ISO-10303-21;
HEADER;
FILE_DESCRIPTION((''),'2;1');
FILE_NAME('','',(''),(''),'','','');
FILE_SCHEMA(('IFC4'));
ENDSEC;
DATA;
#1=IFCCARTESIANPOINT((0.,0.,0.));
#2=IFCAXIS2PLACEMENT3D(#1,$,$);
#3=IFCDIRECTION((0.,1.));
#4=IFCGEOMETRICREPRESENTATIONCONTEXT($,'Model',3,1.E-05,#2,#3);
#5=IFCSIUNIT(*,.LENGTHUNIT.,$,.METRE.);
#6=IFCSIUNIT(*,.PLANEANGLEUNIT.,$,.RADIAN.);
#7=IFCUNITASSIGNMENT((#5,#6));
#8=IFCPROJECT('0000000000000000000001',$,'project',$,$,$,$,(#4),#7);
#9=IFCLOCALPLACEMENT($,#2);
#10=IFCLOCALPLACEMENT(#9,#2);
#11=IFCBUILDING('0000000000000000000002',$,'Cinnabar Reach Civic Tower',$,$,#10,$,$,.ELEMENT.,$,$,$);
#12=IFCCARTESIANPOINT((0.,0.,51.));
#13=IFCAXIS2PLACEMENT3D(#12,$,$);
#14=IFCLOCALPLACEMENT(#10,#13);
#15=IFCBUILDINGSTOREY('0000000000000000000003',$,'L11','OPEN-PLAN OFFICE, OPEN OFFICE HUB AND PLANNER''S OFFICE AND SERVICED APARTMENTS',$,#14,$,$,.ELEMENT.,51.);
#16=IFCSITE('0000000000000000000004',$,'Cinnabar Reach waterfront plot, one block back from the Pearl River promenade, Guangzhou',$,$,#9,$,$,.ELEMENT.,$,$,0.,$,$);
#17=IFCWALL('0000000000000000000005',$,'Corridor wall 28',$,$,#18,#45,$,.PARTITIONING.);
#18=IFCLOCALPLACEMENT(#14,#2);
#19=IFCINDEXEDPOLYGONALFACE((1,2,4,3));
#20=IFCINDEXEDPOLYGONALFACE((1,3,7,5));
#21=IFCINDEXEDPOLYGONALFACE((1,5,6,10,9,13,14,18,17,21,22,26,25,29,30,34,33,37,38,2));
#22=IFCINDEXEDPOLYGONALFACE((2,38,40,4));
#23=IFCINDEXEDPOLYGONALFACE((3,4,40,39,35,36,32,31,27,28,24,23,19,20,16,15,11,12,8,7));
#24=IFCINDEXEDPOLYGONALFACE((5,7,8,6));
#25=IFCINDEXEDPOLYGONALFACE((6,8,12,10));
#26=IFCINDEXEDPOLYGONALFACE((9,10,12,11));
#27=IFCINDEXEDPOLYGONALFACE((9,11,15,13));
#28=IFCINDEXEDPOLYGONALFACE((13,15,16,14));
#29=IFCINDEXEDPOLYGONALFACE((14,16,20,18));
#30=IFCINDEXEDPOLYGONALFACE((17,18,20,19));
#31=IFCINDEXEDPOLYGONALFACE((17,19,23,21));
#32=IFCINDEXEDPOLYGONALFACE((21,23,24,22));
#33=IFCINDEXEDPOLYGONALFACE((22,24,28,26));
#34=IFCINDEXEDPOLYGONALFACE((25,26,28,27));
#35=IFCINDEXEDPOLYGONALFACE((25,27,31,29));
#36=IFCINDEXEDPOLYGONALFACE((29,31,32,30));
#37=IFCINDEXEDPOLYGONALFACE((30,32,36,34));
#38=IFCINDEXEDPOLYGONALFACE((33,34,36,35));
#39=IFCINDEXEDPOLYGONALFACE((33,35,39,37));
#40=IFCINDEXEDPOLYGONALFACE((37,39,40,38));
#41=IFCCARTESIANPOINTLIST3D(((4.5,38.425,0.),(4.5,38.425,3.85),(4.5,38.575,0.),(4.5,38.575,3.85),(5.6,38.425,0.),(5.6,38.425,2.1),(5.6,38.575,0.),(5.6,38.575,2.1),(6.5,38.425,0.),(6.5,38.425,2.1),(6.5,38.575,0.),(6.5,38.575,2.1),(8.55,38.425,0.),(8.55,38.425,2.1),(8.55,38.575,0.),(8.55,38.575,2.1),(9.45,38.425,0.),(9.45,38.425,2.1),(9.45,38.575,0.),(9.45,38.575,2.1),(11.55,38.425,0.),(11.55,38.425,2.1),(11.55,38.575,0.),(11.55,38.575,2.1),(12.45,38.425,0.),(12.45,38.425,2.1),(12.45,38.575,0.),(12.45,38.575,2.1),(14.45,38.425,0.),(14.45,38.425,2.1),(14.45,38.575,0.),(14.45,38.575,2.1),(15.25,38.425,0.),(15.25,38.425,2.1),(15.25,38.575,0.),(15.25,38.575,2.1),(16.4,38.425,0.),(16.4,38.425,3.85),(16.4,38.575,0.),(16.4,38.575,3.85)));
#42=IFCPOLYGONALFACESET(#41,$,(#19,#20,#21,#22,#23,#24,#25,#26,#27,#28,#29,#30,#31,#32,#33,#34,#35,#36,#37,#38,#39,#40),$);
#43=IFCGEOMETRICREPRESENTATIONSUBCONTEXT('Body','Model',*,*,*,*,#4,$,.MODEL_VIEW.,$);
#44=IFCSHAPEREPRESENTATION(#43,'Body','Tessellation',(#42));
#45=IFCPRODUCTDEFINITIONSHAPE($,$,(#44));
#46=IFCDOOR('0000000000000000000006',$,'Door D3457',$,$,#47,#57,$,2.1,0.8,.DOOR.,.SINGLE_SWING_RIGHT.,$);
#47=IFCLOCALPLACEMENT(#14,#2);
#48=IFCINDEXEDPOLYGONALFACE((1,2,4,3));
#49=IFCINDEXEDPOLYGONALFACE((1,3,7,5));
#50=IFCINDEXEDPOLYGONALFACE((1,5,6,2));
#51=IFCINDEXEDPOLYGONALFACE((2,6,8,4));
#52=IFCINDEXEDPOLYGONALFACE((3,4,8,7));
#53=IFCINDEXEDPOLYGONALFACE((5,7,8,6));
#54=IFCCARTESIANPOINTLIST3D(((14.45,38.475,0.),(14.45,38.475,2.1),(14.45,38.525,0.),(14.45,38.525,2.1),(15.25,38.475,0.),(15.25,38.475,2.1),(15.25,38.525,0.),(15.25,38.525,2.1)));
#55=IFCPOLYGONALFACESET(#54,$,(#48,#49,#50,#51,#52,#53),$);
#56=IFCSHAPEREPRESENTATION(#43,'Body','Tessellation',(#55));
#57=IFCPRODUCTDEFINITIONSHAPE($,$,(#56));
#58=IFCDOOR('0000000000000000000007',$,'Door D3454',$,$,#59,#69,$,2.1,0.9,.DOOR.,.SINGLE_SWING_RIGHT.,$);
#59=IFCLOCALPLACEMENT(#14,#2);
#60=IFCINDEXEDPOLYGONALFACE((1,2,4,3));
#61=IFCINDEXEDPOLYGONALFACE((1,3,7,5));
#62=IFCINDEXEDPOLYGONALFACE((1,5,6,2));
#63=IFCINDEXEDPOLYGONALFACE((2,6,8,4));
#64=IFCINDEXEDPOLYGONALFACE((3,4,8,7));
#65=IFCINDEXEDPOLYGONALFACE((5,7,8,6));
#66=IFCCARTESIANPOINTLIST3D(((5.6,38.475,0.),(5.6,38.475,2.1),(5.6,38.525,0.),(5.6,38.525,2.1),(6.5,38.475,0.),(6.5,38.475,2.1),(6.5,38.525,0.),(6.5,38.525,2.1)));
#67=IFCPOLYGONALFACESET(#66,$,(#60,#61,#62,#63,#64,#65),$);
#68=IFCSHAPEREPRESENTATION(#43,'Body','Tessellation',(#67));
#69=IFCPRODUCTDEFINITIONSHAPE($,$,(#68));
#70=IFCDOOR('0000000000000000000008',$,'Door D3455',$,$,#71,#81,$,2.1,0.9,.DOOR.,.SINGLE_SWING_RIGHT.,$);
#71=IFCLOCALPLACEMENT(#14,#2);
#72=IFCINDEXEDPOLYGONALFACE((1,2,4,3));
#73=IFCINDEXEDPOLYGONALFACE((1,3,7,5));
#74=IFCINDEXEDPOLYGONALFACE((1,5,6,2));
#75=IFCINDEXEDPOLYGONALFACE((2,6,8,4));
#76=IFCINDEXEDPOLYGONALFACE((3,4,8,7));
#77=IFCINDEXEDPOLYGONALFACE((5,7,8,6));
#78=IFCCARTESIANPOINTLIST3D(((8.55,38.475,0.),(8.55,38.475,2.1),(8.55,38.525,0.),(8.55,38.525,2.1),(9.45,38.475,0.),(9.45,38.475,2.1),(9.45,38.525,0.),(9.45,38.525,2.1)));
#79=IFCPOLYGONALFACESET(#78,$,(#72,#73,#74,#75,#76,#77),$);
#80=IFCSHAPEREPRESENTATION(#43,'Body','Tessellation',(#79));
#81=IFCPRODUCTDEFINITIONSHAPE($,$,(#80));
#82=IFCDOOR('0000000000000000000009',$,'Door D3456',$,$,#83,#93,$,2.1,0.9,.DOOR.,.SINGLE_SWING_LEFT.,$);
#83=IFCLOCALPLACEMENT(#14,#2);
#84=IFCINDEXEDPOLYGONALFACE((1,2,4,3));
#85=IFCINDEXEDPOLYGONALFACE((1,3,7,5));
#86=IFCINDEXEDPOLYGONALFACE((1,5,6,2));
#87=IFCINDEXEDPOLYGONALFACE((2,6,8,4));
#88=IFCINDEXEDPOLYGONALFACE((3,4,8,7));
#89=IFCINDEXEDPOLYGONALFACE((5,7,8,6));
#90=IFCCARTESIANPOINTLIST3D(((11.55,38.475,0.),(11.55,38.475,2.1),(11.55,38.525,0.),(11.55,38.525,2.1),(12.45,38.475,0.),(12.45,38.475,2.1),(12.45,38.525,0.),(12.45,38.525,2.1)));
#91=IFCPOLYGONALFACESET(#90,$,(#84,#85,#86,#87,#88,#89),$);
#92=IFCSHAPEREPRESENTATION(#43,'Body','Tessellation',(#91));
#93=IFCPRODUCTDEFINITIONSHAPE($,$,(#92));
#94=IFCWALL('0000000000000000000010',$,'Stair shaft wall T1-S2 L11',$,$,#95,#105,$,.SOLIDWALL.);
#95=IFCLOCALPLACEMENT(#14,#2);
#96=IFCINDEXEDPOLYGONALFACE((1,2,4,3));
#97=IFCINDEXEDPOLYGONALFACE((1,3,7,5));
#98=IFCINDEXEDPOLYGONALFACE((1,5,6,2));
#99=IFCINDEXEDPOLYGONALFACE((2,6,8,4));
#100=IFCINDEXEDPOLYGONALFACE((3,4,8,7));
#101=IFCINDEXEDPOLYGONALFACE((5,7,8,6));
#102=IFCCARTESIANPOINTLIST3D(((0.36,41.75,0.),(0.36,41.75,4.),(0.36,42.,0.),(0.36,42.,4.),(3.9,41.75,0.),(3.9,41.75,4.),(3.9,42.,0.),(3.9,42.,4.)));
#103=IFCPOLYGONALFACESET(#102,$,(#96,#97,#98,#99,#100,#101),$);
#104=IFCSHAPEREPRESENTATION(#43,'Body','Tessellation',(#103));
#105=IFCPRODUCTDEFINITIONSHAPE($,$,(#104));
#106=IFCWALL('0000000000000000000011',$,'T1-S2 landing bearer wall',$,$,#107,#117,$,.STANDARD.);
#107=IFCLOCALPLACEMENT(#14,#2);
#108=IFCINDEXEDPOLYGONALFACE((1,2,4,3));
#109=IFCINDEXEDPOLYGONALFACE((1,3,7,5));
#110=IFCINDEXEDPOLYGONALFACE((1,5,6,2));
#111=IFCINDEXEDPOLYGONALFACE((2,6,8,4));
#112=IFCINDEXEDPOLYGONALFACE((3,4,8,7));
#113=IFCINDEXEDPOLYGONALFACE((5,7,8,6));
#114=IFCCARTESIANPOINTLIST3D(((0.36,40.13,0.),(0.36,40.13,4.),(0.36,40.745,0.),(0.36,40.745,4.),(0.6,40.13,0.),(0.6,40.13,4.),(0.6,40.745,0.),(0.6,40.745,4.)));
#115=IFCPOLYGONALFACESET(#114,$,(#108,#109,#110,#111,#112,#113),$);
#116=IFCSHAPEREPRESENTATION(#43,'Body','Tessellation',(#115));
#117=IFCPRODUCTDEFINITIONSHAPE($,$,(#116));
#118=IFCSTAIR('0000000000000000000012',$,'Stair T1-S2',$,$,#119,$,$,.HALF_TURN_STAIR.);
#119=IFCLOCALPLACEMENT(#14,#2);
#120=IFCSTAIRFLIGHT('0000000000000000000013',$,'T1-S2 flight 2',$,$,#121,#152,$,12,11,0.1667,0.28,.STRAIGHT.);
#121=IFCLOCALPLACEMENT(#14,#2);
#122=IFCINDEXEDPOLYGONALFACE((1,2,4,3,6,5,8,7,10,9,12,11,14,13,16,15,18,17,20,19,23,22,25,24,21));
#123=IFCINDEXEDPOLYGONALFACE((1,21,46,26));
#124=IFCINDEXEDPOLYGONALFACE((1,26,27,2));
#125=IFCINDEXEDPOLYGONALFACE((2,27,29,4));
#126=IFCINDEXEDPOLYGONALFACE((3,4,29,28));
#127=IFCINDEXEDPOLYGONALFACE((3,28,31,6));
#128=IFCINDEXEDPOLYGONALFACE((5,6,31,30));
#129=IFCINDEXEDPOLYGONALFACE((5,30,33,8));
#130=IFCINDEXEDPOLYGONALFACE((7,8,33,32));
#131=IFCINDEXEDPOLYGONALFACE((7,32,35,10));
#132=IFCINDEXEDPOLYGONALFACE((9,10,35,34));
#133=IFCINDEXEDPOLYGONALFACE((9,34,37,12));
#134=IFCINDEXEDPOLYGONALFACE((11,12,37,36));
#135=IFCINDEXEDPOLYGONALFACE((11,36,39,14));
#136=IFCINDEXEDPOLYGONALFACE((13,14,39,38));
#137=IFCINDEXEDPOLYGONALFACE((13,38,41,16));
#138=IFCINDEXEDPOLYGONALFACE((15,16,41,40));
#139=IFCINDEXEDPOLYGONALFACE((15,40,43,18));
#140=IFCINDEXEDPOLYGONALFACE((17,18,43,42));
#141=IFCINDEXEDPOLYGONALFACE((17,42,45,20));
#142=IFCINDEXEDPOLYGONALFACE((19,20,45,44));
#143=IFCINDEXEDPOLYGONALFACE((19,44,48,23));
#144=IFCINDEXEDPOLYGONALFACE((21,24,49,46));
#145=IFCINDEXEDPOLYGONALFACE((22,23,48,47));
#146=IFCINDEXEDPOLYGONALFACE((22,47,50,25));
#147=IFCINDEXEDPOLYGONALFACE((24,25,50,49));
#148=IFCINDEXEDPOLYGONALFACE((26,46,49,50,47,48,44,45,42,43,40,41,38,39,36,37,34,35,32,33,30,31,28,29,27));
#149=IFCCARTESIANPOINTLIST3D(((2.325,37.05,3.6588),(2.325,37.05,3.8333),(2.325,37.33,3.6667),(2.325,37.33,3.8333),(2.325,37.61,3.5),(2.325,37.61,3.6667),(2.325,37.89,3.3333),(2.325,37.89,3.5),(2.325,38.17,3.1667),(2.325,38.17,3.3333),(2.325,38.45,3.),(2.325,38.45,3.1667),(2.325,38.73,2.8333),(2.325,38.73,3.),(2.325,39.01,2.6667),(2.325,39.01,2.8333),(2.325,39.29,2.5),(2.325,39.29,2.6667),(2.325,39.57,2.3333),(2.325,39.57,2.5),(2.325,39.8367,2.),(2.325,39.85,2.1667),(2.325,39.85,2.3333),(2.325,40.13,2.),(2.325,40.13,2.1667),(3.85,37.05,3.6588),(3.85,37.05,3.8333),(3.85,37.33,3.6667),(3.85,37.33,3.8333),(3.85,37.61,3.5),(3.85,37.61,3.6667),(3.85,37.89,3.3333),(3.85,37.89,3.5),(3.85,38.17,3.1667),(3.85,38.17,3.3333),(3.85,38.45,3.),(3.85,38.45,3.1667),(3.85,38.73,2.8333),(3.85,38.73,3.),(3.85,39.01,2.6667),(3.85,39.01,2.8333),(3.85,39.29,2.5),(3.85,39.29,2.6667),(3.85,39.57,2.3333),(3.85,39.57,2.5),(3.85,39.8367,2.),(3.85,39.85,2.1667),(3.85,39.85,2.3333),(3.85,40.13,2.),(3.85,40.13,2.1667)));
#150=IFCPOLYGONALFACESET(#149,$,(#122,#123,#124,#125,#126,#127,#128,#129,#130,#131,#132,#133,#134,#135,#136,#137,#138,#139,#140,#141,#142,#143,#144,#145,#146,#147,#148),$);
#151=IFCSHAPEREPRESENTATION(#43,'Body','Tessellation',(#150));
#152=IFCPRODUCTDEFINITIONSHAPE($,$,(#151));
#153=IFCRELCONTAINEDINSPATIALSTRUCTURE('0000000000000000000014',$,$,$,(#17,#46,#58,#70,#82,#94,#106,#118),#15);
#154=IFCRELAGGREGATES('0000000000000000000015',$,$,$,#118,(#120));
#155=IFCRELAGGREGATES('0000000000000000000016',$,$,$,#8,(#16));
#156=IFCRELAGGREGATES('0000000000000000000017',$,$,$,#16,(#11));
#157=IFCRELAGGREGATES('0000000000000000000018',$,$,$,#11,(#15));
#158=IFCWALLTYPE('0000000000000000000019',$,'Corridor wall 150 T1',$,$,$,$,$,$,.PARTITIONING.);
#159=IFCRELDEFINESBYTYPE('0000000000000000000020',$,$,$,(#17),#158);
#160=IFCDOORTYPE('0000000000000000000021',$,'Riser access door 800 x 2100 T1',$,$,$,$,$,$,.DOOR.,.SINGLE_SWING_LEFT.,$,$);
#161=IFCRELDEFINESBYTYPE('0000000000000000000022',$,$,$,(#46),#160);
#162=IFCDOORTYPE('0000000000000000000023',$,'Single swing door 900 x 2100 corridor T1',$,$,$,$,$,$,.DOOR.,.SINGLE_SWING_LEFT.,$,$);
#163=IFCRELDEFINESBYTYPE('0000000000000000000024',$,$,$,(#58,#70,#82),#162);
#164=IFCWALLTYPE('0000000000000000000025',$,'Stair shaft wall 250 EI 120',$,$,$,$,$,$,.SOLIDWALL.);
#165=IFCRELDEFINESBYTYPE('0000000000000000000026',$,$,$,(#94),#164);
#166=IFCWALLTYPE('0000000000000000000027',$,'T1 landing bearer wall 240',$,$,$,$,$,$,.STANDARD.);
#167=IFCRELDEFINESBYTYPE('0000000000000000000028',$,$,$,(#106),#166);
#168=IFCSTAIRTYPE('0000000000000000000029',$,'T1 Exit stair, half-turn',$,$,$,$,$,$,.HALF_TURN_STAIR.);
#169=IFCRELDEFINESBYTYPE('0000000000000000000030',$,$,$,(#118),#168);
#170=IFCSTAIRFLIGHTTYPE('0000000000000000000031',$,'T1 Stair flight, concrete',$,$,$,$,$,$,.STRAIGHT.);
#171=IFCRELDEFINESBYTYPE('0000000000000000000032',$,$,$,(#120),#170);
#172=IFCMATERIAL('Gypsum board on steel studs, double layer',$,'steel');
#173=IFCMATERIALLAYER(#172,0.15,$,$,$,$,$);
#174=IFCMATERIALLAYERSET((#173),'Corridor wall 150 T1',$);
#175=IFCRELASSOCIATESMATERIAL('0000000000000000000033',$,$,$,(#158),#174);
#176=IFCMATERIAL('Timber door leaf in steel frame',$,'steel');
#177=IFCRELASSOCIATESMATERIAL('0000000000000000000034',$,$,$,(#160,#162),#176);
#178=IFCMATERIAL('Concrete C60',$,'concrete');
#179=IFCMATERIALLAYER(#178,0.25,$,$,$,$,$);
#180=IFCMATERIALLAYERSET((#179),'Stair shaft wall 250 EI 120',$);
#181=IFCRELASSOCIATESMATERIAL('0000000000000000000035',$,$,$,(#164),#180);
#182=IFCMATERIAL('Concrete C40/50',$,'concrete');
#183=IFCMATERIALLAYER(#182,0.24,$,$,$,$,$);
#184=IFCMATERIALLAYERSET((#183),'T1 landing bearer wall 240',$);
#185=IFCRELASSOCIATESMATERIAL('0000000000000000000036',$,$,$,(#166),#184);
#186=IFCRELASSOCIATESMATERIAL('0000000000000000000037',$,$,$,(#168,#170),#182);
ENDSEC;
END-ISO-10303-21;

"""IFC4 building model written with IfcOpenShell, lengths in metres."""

from ifc_helpers import new_model, si_unit, direction, frame, frame_2d, origin, place, context, subcontext, project, spatial, polyline, rectangle, outline, extrude, material, layer, layer_set, type_object, element, fill, aggregate, save


model = new_model("IFC4")

# Units and contexts
model_context = context("Model", 3, precision=1e-05, world=origin(), true_north=direction((0.0, 1.0)))
body_context = subcontext(model_context, "Body", "Model", "MODEL_VIEW")
ifc_project = project(units=[si_unit("LENGTHUNIT", "METRE"), si_unit("PLANEANGLEUNIT", "RADIAN")], contexts=[model_context])

# Site, building, storey
site_placement = place(None, origin())
site = spatial("IfcSite", under=ifc_project, at=site_placement, Name="Cinnabar Reach waterfront plot, one block back from the Pearl River promenade, Guangzhou", CompositionType="ELEMENT", RefElevation=0.0)
building_placement = place(site_placement, origin())
building = spatial("IfcBuilding", under=site, at=building_placement, Name="Cinnabar Reach Civic Tower", CompositionType="ELEMENT")
storey_placement = place(building_placement, frame((0.0, 0.0, 51.0)))
storey = spatial("IfcBuildingStorey", under=building, at=storey_placement, Name="L11", Description="OPEN-PLAN OFFICE, OPEN OFFICE HUB AND PLANNER'S OFFICE AND SERVICED APARTMENTS", CompositionType="ELEMENT", Elevation=51.0)

# Shared definitions
ifc_material_1 = material(Name="Timber door leaf in steel frame", Category="steel")

# Wall, openings, doors
ifc_material_2 = material(Name="Gypsum board on steel studs, double layer", Category="steel")
ifc_layer_1 = layer(ifc_material_2, 0.15)
ifc_layer_set_1 = layer_set([ifc_layer_1], Name="Corridor wall 150 T1")
wall_type_1 = type_object("IfcWallType", Name="Corridor wall 150 T1", PredefinedType="PARTITIONING", material=ifc_layer_set_1)
wall_1_placement = place(storey_placement, frame((4.5, 38.5, 0.0), z_axis=(0.0, 0.0, 1.0), x_axis=(1.0, 0.0, 0.0)))
wall_1 = element("IfcWall", 1, at=wall_1_placement, inside=storey, type_object=wall_type_1, Name="Corridor wall 28", PredefinedType="PARTITIONING", context=body_context, shape_type="SweptSolid", body=[
    extrude(rectangle(XDim=11.9, YDim=0.15, at=frame_2d((5.95, 0.0))), origin(), (0.0, 0.0, 1.0), 3.85),
])
opening_1_placement = place(wall_1_placement, frame((1.1, 0.0, 0.0)))
opening_1 = element("IfcOpeningElement", 2, at=opening_1_placement, cuts=wall_1, PredefinedType="OPENING", context=body_context, shape_type="SweptSolid", body=[
    extrude(rectangle(XDim=0.9, YDim=2.1, at=frame_2d((0.45, 1.05))), frame((0.0, 0.085, 0.0), z_axis=(0.0, -1.0, 0.0), x_axis=(1.0, 0.0, 0.0)), (0.0, 0.0, 1.0), 0.17),
])
opening_2_placement = place(wall_1_placement, frame((4.05, 0.0, 0.0)))
opening_2 = element("IfcOpeningElement", 3, at=opening_2_placement, cuts=wall_1, PredefinedType="OPENING", context=body_context, shape_type="SweptSolid", body=[
    extrude(rectangle(XDim=0.9, YDim=2.1, at=frame_2d((0.45, 1.05))), frame((0.0, 0.085, 0.0), z_axis=(0.0, -1.0, 0.0), x_axis=(1.0, 0.0, 0.0)), (0.0, 0.0, 1.0), 0.17),
])
opening_3_placement = place(wall_1_placement, frame((7.05, 0.0, 0.0)))
opening_3 = element("IfcOpeningElement", 4, at=opening_3_placement, cuts=wall_1, PredefinedType="OPENING", context=body_context, shape_type="SweptSolid", body=[
    extrude(rectangle(XDim=0.9, YDim=2.1, at=frame_2d((0.45, 1.05))), frame((0.0, 0.085, 0.0), z_axis=(0.0, -1.0, 0.0), x_axis=(1.0, 0.0, 0.0)), (0.0, 0.0, 1.0), 0.17),
])
opening_4_placement = place(wall_1_placement, frame((9.95, 0.0, 0.0)))
opening_4 = element("IfcOpeningElement", 5, at=opening_4_placement, cuts=wall_1, PredefinedType="OPENING", context=body_context, shape_type="SweptSolid", body=[
    extrude(rectangle(XDim=0.8, YDim=2.1, at=frame_2d((0.4, 1.05))), frame((0.0, 0.085, 0.0), z_axis=(0.0, -1.0, 0.0), x_axis=(1.0, 0.0, 0.0)), (0.0, 0.0, 1.0), 0.17),
])
door_type_1 = type_object("IfcDoorType", Name="Riser access door 800 x 2100 T1", OperationType="SINGLE_SWING_LEFT", PredefinedType="DOOR", material=ifc_material_1)
door_1_placement = place(opening_4_placement, origin())
door_1 = element("IfcDoor", 6, at=door_1_placement, inside=storey, type_object=door_type_1, Name="Door D3457", OperationType="SINGLE_SWING_RIGHT", OverallHeight=2.1, OverallWidth=0.8, PredefinedType="DOOR", context=body_context, shape_type="SweptSolid", body=[
    extrude(rectangle(XDim=0.8, YDim=2.1, at=frame_2d((0.4, 1.05))), frame((0.0, 0.025, 0.0), z_axis=(0.0, -1.0, 0.0), x_axis=(1.0, 0.0, 0.0)), (0.0, 0.0, 1.0), 0.05),
])
fill(opening_4, door_1)
door_type_2 = type_object("IfcDoorType", Name="Single swing door 900 x 2100 corridor T1", OperationType="SINGLE_SWING_LEFT", PredefinedType="DOOR", material=ifc_material_1)
door_2_placement = place(opening_1_placement, origin())
door_2 = element("IfcDoor", 7, at=door_2_placement, inside=storey, type_object=door_type_2, Name="Door D3454", OperationType="SINGLE_SWING_RIGHT", OverallHeight=2.1, OverallWidth=0.9, PredefinedType="DOOR", context=body_context, shape_type="SweptSolid", body=[
    extrude(rectangle(XDim=0.9, YDim=2.1, at=frame_2d((0.45, 1.05))), frame((0.0, 0.025, 0.0), z_axis=(0.0, -1.0, 0.0), x_axis=(1.0, 0.0, 0.0)), (0.0, 0.0, 1.0), 0.05),
])
fill(opening_1, door_2)
door_3_placement = place(opening_2_placement, origin())
door_3 = element("IfcDoor", 8, at=door_3_placement, inside=storey, type_object=door_type_2, Name="Door D3455", OperationType="SINGLE_SWING_RIGHT", OverallHeight=2.1, OverallWidth=0.9, PredefinedType="DOOR", context=body_context, shape_type="SweptSolid", body=[
    extrude(rectangle(XDim=0.9, YDim=2.1, at=frame_2d((0.45, 1.05))), frame((0.0, 0.025, 0.0), z_axis=(0.0, -1.0, 0.0), x_axis=(1.0, 0.0, 0.0)), (0.0, 0.0, 1.0), 0.05),
])
fill(opening_2, door_3)
door_4_placement = place(opening_3_placement, origin())
door_4 = element("IfcDoor", 9, at=door_4_placement, inside=storey, type_object=door_type_2, Name="Door D3456", OperationType="SINGLE_SWING_LEFT", OverallHeight=2.1, OverallWidth=0.9, PredefinedType="DOOR", context=body_context, shape_type="SweptSolid", body=[
    extrude(rectangle(XDim=0.9, YDim=2.1, at=frame_2d((0.45, 1.05))), frame((0.0, 0.025, 0.0), z_axis=(0.0, -1.0, 0.0), x_axis=(1.0, 0.0, 0.0)), (0.0, 0.0, 1.0), 0.05),
])
fill(opening_3, door_4)

# Walls
ifc_material_3 = material(Name="Concrete C60", Category="concrete")
ifc_layer_2 = layer(ifc_material_3, 0.25)
ifc_layer_set_2 = layer_set([ifc_layer_2], Name="Stair shaft wall 250 EI 120")
wall_type_2 = type_object("IfcWallType", Name="Stair shaft wall 250 EI 120", PredefinedType="SOLIDWALL", material=ifc_layer_set_2)
wall_2_placement = place(storey_placement, frame((3.9, 41.875, 0.0), z_axis=(0.0, 0.0, 1.0), x_axis=(-1.0, 0.0, 0.0)))
element("IfcWall", 10, at=wall_2_placement, inside=storey, type_object=wall_type_2, Name="Stair shaft wall T1-S2 L11", PredefinedType="SOLIDWALL", context=body_context, shape_type="SweptSolid", body=[
    extrude(rectangle(XDim=3.54, YDim=0.25, at=frame_2d((1.77, 0.0))), origin(), (0.0, 0.0, 1.0), 4.0),
])
ifc_material_4 = material(Name="Concrete C40/50", Category="concrete")
ifc_layer_3 = layer(ifc_material_4, 0.24)
ifc_layer_set_3 = layer_set([ifc_layer_3], Name="T1 landing bearer wall 240")
wall_type_3 = type_object("IfcWallType", Name="T1 landing bearer wall 240", PredefinedType="STANDARD", material=ifc_layer_set_3)
wall_3_placement = place(storey_placement, frame((0.48, 40.13, 0.0), z_axis=(0.0, 0.0, 1.0), x_axis=(0.0, 1.0, 0.0)))
element("IfcWall", 11, at=wall_3_placement, inside=storey, type_object=wall_type_3, Name="T1-S2 landing bearer wall", PredefinedType="STANDARD", context=body_context, shape_type="SweptSolid", body=[
    extrude(rectangle(XDim=0.6151, YDim=0.24, at=frame_2d((0.3075, 0.0))), origin(), (0.0, 0.0, 1.0), 4.0),
])

# Stair, stair flight
stair_type = type_object("IfcStairType", Name="T1 Exit stair, half-turn", PredefinedType="HALF_TURN_STAIR", material=ifc_material_4)
stair_placement = place(storey_placement, origin())
stair = element("IfcStair", 12, at=stair_placement, inside=storey, type_object=stair_type, Name="Stair T1-S2", PredefinedType="HALF_TURN_STAIR")
stair_flight_type = type_object("IfcStairFlightType", Name="T1 Stair flight, concrete", PredefinedType="STRAIGHT", material=ifc_material_4)
stair_flight_placement = place(storey_placement, frame((3.0875, 40.13, 2.0), z_axis=(0.0, 0.0, 1.0), x_axis=(0.0, -1.0, 0.0)))
stair_flight = element("IfcStairFlight", 13, at=stair_flight_placement, type_object=stair_flight_type, Name="T1-S2 flight 2", NumberOfRisers=12, NumberOfTreads=11, PredefinedType="STRAIGHT", RiserHeight=0.1667, TreadLength=0.28, context=body_context, shape_type="SweptSolid", body=[
    extrude(outline(polyline([(0.0, 0.0), (0.0, 0.1667), (0.28, 0.1667), (0.28, 0.3333), (0.56, 0.3333), (0.56, 0.5), (0.84, 0.5), (0.84, 0.6667), (1.12, 0.6667), (1.12, 0.8333), (1.4, 0.8333), (1.4, 1.0), (1.68, 1.0), (1.68, 1.1667), (1.96, 1.1667), (1.96, 1.3333), (2.24, 1.3333), (2.24, 1.5), (2.52, 1.5), (2.52, 1.6667), (2.8, 1.6667), (2.8, 1.8333), (3.08, 1.8333), (3.08, 2.0), (3.08, 1.6588), (0.2933, 0.0), (0.0, 0.0)])), frame((0.0, 0.7625, 0.0), z_axis=(0.0, -1.0, 0.0), x_axis=(1.0, 0.0, 0.0)), (0.0, 0.0, 1.0), 1.525),
])
aggregate(stair, [stair_flight])

save(model, "model.ifc")
